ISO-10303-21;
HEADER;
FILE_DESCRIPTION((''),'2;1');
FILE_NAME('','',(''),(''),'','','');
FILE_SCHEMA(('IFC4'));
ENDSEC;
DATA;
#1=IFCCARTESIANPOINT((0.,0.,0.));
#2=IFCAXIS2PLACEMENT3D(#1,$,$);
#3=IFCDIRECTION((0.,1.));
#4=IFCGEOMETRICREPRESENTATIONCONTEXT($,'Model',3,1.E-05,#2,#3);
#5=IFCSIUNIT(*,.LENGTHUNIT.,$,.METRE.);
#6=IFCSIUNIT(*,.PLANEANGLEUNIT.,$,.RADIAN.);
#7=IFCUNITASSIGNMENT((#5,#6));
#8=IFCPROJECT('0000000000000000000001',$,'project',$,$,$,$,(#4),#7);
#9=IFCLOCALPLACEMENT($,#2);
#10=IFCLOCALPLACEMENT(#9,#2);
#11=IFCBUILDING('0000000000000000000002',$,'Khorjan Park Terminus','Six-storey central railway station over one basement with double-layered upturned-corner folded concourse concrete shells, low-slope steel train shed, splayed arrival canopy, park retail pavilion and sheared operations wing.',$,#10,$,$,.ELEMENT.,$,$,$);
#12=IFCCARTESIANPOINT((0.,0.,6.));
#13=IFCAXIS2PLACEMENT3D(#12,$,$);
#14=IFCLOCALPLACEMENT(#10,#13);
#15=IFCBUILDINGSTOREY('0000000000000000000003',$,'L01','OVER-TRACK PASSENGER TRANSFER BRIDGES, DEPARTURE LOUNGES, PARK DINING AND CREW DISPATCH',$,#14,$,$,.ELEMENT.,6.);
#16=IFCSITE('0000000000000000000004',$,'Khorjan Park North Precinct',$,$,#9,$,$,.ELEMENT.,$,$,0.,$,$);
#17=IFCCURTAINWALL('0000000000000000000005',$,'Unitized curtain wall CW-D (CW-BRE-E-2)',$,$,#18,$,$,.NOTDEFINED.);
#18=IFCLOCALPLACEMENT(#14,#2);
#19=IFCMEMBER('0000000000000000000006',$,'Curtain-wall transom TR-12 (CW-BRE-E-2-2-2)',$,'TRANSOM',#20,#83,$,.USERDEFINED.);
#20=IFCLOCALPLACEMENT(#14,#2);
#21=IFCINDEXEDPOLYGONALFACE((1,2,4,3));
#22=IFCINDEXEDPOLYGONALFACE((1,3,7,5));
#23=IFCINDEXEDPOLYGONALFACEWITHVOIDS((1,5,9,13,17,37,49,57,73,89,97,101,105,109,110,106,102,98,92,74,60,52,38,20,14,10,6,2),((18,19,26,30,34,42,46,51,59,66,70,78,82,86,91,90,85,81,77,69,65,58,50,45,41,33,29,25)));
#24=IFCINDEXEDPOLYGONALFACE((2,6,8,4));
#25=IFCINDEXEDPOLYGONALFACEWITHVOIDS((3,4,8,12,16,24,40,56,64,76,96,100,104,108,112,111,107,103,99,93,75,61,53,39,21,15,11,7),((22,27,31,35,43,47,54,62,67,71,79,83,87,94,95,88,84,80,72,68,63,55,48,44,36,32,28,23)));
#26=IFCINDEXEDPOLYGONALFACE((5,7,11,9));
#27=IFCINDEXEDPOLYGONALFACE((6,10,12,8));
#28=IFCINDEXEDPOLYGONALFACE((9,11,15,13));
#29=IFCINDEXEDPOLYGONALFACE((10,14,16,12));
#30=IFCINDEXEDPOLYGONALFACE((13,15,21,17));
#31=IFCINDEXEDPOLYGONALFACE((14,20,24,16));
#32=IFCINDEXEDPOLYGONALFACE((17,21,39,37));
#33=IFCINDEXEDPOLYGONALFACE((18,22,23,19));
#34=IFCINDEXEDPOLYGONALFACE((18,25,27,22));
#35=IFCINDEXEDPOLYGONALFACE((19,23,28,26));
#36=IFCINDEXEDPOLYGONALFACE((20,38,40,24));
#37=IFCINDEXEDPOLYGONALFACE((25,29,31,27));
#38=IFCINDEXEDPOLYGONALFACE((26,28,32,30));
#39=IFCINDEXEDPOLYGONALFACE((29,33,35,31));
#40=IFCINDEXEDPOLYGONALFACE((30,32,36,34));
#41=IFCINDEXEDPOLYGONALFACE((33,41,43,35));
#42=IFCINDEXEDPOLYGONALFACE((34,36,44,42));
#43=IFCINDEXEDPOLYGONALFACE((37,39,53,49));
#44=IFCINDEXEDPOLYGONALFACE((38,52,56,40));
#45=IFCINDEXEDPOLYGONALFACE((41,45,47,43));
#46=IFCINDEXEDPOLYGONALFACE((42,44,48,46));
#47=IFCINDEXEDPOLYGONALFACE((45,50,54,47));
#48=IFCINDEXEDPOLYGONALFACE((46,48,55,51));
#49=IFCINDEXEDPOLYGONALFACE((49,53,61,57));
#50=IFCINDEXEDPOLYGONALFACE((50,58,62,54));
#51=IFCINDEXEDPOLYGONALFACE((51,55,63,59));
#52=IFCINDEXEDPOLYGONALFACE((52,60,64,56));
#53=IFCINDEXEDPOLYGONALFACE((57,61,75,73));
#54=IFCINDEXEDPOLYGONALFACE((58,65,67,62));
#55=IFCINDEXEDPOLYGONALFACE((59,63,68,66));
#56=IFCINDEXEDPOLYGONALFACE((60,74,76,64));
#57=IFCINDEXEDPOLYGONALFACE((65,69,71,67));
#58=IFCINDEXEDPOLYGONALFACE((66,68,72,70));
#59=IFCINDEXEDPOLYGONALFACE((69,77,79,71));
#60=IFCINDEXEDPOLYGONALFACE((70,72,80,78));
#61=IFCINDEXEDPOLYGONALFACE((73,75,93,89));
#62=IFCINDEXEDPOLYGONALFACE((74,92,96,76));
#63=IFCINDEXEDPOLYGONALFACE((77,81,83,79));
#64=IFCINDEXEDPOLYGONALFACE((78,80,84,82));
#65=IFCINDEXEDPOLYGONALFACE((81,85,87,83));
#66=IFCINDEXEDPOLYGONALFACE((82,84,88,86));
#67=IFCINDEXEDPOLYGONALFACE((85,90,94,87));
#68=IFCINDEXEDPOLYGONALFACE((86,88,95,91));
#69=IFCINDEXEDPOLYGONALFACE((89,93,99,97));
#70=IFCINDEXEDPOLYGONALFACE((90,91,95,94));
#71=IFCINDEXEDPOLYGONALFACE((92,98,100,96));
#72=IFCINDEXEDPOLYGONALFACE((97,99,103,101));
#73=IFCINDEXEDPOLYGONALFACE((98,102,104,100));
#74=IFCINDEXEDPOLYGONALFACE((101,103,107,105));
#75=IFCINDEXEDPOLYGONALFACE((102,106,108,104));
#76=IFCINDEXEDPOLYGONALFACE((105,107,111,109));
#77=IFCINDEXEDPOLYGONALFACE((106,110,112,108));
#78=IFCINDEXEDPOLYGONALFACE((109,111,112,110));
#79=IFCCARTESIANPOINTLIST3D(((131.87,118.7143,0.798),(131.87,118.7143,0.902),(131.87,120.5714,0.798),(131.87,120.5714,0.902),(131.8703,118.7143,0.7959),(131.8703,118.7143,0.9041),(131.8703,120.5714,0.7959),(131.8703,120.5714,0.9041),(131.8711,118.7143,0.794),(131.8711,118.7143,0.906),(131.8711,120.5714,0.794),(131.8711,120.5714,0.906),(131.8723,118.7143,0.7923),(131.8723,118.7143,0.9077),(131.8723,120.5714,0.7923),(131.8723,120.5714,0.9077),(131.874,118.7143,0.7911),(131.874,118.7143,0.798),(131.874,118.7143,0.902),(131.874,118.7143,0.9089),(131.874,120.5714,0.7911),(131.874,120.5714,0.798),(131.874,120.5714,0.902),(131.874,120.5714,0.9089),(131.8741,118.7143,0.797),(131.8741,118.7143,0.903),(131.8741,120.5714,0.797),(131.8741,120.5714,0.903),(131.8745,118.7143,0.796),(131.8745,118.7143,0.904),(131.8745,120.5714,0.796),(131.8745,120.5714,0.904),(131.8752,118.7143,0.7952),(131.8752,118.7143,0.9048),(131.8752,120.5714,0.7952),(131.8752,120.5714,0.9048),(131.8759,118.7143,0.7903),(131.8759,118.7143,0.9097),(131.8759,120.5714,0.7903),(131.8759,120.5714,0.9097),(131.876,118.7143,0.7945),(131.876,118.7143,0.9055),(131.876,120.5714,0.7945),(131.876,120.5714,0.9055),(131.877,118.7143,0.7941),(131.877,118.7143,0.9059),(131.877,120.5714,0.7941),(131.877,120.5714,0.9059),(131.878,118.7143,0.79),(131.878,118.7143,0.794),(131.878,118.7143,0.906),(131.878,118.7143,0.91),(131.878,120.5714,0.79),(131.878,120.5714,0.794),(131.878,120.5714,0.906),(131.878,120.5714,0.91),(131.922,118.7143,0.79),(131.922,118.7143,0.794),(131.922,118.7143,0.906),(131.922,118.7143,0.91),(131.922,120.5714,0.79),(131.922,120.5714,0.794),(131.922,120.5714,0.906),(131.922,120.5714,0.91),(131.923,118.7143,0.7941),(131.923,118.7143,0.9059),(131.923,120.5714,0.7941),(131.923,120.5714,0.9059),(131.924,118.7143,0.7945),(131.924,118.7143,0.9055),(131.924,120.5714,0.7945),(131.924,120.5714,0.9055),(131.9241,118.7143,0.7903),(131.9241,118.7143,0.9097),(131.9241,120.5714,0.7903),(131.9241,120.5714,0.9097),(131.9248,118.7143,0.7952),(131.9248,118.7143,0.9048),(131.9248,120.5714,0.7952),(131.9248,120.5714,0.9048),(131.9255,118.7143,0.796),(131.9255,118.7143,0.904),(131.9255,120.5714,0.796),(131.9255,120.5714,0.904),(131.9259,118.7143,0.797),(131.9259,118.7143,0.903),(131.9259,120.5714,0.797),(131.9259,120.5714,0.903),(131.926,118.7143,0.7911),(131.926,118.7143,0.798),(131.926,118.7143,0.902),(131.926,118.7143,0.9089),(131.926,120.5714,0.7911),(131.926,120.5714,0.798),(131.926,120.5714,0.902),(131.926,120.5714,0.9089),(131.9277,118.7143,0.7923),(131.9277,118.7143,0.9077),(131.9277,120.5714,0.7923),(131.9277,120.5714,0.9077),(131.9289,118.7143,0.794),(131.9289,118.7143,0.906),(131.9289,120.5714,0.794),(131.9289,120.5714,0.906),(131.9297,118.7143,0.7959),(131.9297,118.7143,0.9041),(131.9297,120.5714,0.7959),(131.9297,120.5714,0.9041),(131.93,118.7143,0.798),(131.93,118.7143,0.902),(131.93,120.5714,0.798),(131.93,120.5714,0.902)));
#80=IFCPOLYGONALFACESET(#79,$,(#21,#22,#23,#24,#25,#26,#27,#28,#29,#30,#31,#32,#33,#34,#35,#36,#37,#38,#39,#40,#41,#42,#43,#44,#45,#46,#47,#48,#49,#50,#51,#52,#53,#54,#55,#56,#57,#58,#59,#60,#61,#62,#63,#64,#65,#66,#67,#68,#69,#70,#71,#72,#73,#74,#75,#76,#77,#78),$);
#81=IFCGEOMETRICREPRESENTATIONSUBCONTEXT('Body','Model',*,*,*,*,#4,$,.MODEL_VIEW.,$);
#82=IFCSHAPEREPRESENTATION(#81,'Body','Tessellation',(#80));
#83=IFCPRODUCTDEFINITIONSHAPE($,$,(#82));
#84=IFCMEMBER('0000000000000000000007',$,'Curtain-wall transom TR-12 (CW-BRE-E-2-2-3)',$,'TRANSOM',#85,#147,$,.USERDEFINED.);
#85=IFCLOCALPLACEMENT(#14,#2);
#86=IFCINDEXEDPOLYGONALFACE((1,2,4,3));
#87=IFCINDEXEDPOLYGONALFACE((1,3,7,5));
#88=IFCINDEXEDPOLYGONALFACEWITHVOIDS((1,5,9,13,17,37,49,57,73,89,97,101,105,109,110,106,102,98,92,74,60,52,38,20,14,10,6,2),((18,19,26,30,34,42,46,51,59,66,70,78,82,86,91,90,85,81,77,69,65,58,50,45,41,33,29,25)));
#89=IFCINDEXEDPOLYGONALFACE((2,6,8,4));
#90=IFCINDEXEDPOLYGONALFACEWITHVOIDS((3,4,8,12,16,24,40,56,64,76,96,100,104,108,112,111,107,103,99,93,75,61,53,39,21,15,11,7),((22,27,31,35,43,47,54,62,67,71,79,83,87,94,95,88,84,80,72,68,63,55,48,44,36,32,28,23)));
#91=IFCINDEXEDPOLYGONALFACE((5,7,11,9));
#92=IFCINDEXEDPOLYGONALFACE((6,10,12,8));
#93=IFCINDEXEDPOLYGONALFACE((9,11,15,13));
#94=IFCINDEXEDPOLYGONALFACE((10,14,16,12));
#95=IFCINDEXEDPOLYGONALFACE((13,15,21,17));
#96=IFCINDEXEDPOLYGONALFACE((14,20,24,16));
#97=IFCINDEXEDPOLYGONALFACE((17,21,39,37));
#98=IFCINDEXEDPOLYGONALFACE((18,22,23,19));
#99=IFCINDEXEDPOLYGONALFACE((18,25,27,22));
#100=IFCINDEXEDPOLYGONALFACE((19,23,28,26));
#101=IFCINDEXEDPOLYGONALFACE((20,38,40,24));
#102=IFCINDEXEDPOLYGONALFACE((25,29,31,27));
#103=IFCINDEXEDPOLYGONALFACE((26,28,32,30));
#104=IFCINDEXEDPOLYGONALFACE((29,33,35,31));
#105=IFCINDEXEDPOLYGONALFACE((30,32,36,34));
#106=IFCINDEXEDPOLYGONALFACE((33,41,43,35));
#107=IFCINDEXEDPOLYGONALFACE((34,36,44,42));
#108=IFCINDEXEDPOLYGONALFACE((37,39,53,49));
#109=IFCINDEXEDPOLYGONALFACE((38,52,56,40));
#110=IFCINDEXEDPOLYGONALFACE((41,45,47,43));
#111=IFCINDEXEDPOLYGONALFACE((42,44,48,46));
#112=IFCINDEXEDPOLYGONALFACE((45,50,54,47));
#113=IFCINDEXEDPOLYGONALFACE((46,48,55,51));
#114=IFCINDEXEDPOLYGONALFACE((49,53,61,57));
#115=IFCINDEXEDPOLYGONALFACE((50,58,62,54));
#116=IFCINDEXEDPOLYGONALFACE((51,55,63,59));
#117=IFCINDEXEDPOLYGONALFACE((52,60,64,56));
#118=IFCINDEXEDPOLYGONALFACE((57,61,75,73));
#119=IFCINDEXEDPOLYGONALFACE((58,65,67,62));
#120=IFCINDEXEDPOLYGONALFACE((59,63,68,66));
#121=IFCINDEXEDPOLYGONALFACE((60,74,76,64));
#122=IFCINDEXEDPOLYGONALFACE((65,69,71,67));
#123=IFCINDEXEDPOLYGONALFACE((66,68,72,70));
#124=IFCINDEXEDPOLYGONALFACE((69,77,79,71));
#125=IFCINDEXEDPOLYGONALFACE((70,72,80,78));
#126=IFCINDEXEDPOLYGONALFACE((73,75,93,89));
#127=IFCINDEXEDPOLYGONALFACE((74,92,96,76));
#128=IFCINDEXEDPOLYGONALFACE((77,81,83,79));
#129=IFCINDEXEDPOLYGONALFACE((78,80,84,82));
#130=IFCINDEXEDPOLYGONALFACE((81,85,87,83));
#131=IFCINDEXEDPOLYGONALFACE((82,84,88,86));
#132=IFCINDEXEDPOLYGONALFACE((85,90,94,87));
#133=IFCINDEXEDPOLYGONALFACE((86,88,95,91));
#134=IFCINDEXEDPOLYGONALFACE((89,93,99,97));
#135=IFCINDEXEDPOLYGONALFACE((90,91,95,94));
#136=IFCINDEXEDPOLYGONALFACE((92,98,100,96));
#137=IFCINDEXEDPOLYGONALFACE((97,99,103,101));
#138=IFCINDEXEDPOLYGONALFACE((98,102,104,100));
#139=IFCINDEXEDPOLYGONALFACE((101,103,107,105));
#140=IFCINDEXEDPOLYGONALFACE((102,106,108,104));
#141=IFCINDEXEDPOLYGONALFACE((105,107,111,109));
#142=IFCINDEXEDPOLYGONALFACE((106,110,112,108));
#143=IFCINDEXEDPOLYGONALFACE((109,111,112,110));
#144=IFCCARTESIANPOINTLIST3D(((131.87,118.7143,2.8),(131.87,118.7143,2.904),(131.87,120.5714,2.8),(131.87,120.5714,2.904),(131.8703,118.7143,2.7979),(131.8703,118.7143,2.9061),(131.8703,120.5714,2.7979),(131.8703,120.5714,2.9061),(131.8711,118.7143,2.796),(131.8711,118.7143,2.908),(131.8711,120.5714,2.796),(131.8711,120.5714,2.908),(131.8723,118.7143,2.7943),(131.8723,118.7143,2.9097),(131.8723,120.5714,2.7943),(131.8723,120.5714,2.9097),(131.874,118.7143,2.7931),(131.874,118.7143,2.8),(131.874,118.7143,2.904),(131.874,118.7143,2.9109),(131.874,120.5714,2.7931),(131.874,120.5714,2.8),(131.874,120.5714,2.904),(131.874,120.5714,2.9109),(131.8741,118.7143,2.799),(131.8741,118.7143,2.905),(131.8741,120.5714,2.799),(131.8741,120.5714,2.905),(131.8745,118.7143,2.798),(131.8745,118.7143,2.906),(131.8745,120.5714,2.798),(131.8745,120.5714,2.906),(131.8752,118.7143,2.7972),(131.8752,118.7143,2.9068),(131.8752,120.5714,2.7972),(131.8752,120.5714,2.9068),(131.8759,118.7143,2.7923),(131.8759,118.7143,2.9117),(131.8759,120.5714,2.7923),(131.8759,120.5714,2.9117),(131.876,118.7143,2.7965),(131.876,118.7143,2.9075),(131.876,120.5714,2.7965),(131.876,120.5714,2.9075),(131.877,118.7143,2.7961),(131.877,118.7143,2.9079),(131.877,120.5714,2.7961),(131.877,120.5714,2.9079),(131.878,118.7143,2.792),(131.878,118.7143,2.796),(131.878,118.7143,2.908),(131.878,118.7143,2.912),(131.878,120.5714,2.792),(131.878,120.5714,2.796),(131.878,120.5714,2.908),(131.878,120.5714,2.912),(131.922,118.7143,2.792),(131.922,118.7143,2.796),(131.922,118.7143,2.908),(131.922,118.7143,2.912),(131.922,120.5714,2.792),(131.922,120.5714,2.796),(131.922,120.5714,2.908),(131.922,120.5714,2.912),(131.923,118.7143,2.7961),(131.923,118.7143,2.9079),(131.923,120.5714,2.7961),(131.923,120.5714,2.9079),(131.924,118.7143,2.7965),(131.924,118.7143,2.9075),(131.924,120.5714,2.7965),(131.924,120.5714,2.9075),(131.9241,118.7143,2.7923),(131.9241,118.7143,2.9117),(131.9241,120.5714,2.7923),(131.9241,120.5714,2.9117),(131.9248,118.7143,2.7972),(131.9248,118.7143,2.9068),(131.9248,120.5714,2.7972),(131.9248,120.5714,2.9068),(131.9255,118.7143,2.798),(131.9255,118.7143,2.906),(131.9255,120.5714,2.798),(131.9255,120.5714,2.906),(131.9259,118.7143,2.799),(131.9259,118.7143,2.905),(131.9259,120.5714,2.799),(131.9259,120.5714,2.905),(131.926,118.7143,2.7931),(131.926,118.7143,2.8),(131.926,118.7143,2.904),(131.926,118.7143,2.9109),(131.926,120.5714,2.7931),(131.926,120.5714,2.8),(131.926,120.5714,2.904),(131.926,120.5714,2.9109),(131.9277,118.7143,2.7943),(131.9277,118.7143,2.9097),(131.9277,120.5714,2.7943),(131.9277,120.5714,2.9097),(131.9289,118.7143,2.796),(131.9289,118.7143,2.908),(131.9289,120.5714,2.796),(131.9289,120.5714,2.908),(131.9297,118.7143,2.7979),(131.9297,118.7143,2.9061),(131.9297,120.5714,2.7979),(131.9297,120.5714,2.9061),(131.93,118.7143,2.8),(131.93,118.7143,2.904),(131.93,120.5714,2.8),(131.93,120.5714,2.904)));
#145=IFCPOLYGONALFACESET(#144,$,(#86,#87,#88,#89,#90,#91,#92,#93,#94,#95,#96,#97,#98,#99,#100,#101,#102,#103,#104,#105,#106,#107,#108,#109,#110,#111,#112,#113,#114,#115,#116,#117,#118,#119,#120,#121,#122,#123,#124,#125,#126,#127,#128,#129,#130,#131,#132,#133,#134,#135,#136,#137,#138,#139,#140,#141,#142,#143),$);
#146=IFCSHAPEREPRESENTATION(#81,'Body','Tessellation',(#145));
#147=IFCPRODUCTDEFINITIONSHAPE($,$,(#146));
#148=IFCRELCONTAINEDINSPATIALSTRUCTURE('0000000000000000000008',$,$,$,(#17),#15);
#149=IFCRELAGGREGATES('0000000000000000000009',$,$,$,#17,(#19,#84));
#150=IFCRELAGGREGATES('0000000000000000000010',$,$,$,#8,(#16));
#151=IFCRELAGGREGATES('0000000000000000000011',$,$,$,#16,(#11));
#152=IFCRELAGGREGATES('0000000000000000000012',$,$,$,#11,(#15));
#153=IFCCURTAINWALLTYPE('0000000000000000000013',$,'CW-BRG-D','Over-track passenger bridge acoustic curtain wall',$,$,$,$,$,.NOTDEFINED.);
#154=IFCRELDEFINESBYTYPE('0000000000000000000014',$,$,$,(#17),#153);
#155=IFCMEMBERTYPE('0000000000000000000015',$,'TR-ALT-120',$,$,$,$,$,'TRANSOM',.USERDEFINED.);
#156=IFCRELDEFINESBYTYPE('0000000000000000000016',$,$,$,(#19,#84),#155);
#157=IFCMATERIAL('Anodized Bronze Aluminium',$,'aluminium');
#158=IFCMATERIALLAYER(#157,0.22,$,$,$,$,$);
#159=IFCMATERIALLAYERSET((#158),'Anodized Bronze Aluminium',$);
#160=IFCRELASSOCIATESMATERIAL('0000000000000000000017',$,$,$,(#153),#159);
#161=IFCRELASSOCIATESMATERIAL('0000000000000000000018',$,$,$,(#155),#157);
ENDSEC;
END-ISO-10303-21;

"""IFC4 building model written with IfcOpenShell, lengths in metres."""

from ifc_helpers import new_model, si_unit, direction, frame, origin, origin_2d, place, context, subcontext, project, spatial, hollow_rectangle, extrude, material, layer, layer_set, material_profile, profile_set, type_object, element, aggregate, save


model = new_model("IFC4")

# Units and contexts
model_context = context("Model", 3, precision=1e-05, world=origin(), true_north=direction((0.0, 1.0)))
body_context = subcontext(model_context, "Body", "Model", "MODEL_VIEW")
ifc_project = project(units=[si_unit("LENGTHUNIT", "METRE"), si_unit("PLANEANGLEUNIT", "RADIAN")], contexts=[model_context])

# Site, building, storey
site_placement = place(None, origin())
site = spatial("IfcSite", under=ifc_project, at=site_placement, Name="Khorjan Park North Precinct", CompositionType="ELEMENT", RefElevation=0.0)
building_placement = place(site_placement, origin())
building = spatial("IfcBuilding", under=site, at=building_placement, Name="Khorjan Park Terminus", Description="Six-storey central railway station over one basement with double-layered upturned-corner folded concourse concrete shells, low-slope steel train shed, splayed arrival canopy, park retail pavilion and sheared operations wing.", CompositionType="ELEMENT")
storey_placement = place(building_placement, frame((0.0, 0.0, 6.0)))
storey = spatial("IfcBuildingStorey", under=building, at=storey_placement, Name="L01", Description="OVER-TRACK PASSENGER TRANSFER BRIDGES, DEPARTURE LOUNGES, PARK DINING AND CREW DISPATCH", CompositionType="ELEMENT", Elevation=6.0)

# Curtain wall, members
ifc_material_1 = material(Name="Anodized Bronze Aluminium", Category="aluminium")
ifc_layer_1 = layer(ifc_material_1, 0.22)
ifc_layer_set_1 = layer_set([ifc_layer_1], Name="Anodized Bronze Aluminium")
curtain_wall_type = type_object("IfcCurtainWallType", Name="CW-BRG-D", Description="Over-track passenger bridge acoustic curtain wall", PredefinedType="NOTDEFINED", material=ifc_layer_set_1)
curtain_wall_placement = place(storey_placement, origin())
curtain_wall = element("IfcCurtainWall", 1, at=curtain_wall_placement, inside=storey, type_object=curtain_wall_type, Name="Unitized curtain wall CW-D (CW-BRE-E-2)", PredefinedType="NOTDEFINED")
ifc_material_profile_1 = material_profile(ifc_material_1, hollow_rectangle(XDim=0.06, YDim=0.12, WallThickness=0.004, InnerFilletRadius=0.004, OuterFilletRadius=0.008, at=origin_2d()), Name="ALT 60x120x4")
ifc_profile_set_1 = profile_set([ifc_material_profile_1], Name="Anodized Bronze Aluminium")
member_type_1 = type_object("IfcMemberType", Name="TR-ALT-120", ElementType="TRANSOM", PredefinedType="USERDEFINED", material=ifc_profile_set_1)
member_1_placement = place(storey_placement, frame((131.9, 118.7143, 0.85), z_axis=(0.0, 1.0, 0.0), x_axis=(-1.0, 0.0, 0.0)))
member_1 = element("IfcMember", 2, at=member_1_placement, type_object=member_type_1, Name="Curtain-wall transom TR-12 (CW-BRE-E-2-2-2)", ObjectType="TRANSOM", PredefinedType="USERDEFINED", context=body_context, shape_type="SweptSolid", body=[
    extrude(hollow_rectangle(XDim=0.06, YDim=0.12, WallThickness=0.004, InnerFilletRadius=0.004, OuterFilletRadius=0.008, at=origin_2d()), origin(), (0.0, 0.0, 1.0), 1.8571),
])
member_2_placement = place(storey_placement, frame((131.9, 118.7143, 2.852), z_axis=(0.0, 1.0, 0.0), x_axis=(-1.0, 0.0, 0.0)))
member_2 = element("IfcMember", 3, at=member_2_placement, type_object=member_type_1, Name="Curtain-wall transom TR-12 (CW-BRE-E-2-2-3)", ObjectType="TRANSOM", PredefinedType="USERDEFINED", context=body_context, shape_type="SweptSolid", body=[
    extrude(hollow_rectangle(XDim=0.06, YDim=0.12, WallThickness=0.004, InnerFilletRadius=0.004, OuterFilletRadius=0.008, at=origin_2d()), origin(), (0.0, 0.0, 1.0), 1.8571),
])
aggregate(curtain_wall, [member_1, member_2])

save(model, "model.ifc")
